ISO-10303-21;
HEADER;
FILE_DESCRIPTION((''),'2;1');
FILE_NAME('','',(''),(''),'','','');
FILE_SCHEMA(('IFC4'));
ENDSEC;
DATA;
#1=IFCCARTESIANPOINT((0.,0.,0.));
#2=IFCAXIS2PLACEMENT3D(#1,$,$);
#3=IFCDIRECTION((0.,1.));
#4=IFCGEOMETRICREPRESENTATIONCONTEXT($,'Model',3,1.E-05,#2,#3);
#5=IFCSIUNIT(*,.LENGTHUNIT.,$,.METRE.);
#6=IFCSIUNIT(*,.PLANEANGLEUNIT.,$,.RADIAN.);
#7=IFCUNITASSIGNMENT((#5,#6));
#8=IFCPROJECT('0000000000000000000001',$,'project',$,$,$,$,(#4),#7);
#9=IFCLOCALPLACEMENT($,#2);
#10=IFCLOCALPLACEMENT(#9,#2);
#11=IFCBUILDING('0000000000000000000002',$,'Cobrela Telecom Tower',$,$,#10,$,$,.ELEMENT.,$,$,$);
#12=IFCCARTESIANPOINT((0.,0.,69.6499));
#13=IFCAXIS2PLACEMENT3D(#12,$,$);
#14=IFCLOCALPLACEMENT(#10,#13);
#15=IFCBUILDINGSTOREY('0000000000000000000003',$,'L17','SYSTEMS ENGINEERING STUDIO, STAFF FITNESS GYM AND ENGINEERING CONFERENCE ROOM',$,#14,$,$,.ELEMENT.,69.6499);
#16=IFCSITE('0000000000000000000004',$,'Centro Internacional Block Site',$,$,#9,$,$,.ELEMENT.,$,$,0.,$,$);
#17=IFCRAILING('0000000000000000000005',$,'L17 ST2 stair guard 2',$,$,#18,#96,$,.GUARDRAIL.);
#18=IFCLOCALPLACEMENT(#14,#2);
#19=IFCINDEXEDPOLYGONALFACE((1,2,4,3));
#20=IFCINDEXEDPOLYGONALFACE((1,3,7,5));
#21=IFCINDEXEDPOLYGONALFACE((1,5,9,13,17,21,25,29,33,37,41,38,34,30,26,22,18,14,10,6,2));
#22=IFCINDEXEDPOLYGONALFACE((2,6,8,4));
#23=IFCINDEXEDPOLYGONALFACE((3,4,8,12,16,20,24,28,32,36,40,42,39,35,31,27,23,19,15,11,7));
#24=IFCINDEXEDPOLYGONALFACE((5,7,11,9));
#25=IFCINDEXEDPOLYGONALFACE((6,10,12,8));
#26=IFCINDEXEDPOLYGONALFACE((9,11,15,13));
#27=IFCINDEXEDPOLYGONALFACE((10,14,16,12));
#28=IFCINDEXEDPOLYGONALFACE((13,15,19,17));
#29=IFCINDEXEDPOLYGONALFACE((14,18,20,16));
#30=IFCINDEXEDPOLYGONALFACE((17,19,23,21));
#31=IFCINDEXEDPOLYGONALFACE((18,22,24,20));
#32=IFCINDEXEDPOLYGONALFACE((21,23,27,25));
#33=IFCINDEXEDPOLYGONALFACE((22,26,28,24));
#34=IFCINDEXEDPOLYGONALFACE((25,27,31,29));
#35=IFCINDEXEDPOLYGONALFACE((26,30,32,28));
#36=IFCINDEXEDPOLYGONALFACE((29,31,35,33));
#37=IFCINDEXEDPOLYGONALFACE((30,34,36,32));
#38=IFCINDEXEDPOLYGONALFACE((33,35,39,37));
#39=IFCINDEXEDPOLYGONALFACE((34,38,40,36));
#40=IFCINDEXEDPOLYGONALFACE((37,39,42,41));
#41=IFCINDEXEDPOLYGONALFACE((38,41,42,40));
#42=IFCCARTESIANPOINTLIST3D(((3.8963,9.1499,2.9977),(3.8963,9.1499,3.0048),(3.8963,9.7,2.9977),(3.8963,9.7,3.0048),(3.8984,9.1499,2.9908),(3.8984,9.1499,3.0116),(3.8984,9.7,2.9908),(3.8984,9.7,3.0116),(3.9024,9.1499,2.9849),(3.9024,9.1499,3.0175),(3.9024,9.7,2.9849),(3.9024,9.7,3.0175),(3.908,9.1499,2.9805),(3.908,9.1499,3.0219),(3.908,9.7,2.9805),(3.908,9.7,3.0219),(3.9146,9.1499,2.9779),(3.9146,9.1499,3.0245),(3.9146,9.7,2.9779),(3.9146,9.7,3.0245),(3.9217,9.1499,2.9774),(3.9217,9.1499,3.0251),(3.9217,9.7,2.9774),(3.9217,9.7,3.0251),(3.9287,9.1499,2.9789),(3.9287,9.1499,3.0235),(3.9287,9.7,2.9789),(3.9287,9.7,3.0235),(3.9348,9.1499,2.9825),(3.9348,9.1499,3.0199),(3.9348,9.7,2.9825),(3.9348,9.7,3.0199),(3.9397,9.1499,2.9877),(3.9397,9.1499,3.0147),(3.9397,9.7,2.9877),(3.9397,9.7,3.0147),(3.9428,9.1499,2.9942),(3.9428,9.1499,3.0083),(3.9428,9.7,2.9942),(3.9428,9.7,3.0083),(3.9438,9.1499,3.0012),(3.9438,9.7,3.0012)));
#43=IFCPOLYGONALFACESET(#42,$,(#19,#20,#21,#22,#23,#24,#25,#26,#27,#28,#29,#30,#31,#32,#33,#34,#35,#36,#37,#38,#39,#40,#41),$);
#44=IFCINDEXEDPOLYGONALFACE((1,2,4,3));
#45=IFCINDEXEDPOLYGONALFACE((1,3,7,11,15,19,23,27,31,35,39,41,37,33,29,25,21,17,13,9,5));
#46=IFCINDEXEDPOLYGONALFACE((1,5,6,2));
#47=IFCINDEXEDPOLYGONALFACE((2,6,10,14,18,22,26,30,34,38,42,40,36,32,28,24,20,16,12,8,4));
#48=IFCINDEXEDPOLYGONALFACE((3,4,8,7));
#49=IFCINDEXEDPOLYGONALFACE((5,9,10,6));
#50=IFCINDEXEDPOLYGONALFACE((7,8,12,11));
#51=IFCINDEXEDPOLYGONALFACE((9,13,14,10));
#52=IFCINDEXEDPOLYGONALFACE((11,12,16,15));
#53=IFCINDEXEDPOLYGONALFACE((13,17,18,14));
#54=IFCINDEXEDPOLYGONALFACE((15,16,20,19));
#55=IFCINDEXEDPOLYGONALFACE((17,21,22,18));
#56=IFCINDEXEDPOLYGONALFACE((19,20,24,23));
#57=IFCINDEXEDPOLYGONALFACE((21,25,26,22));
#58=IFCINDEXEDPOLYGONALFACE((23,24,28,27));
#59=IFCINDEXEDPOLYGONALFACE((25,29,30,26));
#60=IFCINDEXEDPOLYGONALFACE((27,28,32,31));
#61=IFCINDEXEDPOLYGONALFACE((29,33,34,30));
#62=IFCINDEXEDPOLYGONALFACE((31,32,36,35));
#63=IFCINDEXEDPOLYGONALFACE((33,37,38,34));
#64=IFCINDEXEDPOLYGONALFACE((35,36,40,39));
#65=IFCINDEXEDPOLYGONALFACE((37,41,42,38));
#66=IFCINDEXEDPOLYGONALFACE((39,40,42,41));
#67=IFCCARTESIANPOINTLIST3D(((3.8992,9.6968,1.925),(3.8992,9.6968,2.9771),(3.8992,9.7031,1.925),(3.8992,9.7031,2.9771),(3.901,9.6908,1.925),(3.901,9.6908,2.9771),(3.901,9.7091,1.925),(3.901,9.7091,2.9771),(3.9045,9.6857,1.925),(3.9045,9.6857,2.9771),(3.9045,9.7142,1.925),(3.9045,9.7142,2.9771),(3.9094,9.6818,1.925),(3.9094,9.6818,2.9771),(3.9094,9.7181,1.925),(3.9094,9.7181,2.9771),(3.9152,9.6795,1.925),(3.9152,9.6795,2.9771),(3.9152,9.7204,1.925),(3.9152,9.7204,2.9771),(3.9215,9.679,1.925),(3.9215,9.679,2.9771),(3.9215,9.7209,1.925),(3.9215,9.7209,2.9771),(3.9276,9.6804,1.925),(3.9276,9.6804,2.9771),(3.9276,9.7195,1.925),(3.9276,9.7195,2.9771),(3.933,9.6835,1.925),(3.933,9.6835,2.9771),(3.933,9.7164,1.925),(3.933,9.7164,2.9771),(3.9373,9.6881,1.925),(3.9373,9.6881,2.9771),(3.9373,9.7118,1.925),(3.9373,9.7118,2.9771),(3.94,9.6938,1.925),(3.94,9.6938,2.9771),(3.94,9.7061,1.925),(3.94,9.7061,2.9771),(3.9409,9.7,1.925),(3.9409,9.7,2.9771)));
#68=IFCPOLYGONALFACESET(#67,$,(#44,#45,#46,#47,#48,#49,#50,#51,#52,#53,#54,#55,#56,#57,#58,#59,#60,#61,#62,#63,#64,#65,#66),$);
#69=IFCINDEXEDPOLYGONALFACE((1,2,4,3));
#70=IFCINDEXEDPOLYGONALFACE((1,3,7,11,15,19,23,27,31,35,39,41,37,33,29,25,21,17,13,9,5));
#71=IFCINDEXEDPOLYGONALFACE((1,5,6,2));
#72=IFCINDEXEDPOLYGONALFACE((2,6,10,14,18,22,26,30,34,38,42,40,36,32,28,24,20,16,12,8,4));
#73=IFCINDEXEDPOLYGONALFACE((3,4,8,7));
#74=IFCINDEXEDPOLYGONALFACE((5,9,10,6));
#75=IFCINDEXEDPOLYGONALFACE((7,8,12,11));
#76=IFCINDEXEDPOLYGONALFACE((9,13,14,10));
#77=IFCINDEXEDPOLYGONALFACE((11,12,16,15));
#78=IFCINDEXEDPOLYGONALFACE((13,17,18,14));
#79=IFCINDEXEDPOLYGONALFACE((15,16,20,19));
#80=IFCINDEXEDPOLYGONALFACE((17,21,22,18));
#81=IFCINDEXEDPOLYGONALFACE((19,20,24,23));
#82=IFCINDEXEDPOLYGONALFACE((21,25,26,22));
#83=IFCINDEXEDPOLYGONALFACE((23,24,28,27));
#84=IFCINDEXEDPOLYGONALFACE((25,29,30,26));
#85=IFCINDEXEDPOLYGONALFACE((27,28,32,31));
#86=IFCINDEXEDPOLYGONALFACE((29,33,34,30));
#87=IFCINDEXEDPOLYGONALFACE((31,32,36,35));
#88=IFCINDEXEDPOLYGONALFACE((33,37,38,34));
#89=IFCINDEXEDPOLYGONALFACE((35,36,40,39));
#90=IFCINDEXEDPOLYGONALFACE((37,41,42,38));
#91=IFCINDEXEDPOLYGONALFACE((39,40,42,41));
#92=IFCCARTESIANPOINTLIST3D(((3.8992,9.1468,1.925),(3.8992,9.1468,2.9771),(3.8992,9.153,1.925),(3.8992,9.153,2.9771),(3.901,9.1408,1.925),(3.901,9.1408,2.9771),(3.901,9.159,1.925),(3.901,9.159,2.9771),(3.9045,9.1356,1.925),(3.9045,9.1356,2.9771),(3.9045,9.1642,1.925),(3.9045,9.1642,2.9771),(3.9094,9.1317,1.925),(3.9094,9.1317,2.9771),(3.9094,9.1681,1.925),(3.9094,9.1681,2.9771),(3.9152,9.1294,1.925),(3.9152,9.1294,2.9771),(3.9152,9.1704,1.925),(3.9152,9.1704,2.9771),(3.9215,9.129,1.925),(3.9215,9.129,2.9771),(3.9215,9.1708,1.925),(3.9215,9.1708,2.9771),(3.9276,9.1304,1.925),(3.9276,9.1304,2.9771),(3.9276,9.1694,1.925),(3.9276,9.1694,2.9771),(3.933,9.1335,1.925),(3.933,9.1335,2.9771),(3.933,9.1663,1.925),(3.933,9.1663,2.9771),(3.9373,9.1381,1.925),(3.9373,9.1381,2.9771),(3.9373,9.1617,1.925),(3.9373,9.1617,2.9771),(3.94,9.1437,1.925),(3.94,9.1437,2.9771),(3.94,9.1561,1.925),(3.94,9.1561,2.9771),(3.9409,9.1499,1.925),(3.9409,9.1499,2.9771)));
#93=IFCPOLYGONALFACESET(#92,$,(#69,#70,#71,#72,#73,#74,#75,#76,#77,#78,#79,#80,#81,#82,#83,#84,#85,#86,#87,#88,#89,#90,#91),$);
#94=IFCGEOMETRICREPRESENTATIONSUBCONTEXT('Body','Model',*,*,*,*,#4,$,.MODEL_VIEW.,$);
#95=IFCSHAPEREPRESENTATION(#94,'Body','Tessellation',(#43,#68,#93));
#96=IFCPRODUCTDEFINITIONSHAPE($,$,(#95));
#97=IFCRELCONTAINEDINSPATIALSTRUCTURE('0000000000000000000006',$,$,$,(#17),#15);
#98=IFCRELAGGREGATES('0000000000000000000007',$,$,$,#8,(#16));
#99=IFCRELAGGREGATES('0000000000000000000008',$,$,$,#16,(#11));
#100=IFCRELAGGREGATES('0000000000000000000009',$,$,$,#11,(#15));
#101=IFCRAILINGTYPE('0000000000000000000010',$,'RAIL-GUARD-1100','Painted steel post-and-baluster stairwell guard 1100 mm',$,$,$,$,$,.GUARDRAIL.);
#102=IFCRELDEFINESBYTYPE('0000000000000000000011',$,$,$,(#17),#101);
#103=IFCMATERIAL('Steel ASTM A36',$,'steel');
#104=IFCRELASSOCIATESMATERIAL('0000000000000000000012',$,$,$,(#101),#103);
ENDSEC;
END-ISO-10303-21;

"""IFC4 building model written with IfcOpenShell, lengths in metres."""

from ifc_helpers import new_model, si_unit, direction, frame, origin, origin_2d, place, context, subcontext, project, spatial, circle, extrude, material, type_object, element, save


model = new_model("IFC4")

# Units and contexts
model_context = context("Model", 3, precision=1e-05, world=origin(), true_north=direction((0.0, 1.0)))
body_context = subcontext(model_context, "Body", "Model", "MODEL_VIEW")
ifc_project = project(units=[si_unit("LENGTHUNIT", "METRE"), si_unit("PLANEANGLEUNIT", "RADIAN")], contexts=[model_context])

# Site, building, storey
site_placement = place(None, origin())
site = spatial("IfcSite", under=ifc_project, at=site_placement, Name="Centro Internacional Block Site", CompositionType="ELEMENT", RefElevation=0.0)
building_placement = place(site_placement, origin())
building = spatial("IfcBuilding", under=site, at=building_placement, Name="Cobrela Telecom Tower", CompositionType="ELEMENT")
storey_placement = place(building_placement, frame((0.0, 0.0, 69.6499)))
storey = spatial("IfcBuildingStorey", under=building, at=storey_placement, Name="L17", Description="SYSTEMS ENGINEERING STUDIO, STAFF FITNESS GYM AND ENGINEERING CONFERENCE ROOM", CompositionType="ELEMENT", Elevation=69.6499)

# Railing
ifc_material_1 = material(Name="Steel ASTM A36", Category="steel")
railing_type_1 = type_object("IfcRailingType", Name="RAIL-GUARD-1100", Description="Painted steel post-and-baluster stairwell guard 1100 mm", PredefinedType="GUARDRAIL", material=ifc_material_1)
railing_1_placement = place(storey_placement, frame((3.9199, 9.7, 1.925)))
element("IfcRailing", 1, at=railing_1_placement, inside=storey, type_object=railing_type_1, Name="L17 ST2 stair guard 2", PredefinedType="GUARDRAIL", context=body_context, shape_type="SweptSolid", body=[
    extrude(circle(Radius=0.0239, at=origin_2d()), frame((0.0, 0.0, 1.0762), z_axis=(0.0, -1.0, 0.0), x_axis=(1.0, 0.0, 0.0)), (0.0, 0.0, 1.0), 0.55),
    extrude(circle(Radius=0.021, at=origin_2d()), origin(), (0.0, 0.0, 1.0), 1.052),
    extrude(circle(Radius=0.021, at=origin_2d()), frame((0.0, -0.55, 0.0)), (0.0, 0.0, 1.0), 1.052),
])

save(model, "model.ifc")
